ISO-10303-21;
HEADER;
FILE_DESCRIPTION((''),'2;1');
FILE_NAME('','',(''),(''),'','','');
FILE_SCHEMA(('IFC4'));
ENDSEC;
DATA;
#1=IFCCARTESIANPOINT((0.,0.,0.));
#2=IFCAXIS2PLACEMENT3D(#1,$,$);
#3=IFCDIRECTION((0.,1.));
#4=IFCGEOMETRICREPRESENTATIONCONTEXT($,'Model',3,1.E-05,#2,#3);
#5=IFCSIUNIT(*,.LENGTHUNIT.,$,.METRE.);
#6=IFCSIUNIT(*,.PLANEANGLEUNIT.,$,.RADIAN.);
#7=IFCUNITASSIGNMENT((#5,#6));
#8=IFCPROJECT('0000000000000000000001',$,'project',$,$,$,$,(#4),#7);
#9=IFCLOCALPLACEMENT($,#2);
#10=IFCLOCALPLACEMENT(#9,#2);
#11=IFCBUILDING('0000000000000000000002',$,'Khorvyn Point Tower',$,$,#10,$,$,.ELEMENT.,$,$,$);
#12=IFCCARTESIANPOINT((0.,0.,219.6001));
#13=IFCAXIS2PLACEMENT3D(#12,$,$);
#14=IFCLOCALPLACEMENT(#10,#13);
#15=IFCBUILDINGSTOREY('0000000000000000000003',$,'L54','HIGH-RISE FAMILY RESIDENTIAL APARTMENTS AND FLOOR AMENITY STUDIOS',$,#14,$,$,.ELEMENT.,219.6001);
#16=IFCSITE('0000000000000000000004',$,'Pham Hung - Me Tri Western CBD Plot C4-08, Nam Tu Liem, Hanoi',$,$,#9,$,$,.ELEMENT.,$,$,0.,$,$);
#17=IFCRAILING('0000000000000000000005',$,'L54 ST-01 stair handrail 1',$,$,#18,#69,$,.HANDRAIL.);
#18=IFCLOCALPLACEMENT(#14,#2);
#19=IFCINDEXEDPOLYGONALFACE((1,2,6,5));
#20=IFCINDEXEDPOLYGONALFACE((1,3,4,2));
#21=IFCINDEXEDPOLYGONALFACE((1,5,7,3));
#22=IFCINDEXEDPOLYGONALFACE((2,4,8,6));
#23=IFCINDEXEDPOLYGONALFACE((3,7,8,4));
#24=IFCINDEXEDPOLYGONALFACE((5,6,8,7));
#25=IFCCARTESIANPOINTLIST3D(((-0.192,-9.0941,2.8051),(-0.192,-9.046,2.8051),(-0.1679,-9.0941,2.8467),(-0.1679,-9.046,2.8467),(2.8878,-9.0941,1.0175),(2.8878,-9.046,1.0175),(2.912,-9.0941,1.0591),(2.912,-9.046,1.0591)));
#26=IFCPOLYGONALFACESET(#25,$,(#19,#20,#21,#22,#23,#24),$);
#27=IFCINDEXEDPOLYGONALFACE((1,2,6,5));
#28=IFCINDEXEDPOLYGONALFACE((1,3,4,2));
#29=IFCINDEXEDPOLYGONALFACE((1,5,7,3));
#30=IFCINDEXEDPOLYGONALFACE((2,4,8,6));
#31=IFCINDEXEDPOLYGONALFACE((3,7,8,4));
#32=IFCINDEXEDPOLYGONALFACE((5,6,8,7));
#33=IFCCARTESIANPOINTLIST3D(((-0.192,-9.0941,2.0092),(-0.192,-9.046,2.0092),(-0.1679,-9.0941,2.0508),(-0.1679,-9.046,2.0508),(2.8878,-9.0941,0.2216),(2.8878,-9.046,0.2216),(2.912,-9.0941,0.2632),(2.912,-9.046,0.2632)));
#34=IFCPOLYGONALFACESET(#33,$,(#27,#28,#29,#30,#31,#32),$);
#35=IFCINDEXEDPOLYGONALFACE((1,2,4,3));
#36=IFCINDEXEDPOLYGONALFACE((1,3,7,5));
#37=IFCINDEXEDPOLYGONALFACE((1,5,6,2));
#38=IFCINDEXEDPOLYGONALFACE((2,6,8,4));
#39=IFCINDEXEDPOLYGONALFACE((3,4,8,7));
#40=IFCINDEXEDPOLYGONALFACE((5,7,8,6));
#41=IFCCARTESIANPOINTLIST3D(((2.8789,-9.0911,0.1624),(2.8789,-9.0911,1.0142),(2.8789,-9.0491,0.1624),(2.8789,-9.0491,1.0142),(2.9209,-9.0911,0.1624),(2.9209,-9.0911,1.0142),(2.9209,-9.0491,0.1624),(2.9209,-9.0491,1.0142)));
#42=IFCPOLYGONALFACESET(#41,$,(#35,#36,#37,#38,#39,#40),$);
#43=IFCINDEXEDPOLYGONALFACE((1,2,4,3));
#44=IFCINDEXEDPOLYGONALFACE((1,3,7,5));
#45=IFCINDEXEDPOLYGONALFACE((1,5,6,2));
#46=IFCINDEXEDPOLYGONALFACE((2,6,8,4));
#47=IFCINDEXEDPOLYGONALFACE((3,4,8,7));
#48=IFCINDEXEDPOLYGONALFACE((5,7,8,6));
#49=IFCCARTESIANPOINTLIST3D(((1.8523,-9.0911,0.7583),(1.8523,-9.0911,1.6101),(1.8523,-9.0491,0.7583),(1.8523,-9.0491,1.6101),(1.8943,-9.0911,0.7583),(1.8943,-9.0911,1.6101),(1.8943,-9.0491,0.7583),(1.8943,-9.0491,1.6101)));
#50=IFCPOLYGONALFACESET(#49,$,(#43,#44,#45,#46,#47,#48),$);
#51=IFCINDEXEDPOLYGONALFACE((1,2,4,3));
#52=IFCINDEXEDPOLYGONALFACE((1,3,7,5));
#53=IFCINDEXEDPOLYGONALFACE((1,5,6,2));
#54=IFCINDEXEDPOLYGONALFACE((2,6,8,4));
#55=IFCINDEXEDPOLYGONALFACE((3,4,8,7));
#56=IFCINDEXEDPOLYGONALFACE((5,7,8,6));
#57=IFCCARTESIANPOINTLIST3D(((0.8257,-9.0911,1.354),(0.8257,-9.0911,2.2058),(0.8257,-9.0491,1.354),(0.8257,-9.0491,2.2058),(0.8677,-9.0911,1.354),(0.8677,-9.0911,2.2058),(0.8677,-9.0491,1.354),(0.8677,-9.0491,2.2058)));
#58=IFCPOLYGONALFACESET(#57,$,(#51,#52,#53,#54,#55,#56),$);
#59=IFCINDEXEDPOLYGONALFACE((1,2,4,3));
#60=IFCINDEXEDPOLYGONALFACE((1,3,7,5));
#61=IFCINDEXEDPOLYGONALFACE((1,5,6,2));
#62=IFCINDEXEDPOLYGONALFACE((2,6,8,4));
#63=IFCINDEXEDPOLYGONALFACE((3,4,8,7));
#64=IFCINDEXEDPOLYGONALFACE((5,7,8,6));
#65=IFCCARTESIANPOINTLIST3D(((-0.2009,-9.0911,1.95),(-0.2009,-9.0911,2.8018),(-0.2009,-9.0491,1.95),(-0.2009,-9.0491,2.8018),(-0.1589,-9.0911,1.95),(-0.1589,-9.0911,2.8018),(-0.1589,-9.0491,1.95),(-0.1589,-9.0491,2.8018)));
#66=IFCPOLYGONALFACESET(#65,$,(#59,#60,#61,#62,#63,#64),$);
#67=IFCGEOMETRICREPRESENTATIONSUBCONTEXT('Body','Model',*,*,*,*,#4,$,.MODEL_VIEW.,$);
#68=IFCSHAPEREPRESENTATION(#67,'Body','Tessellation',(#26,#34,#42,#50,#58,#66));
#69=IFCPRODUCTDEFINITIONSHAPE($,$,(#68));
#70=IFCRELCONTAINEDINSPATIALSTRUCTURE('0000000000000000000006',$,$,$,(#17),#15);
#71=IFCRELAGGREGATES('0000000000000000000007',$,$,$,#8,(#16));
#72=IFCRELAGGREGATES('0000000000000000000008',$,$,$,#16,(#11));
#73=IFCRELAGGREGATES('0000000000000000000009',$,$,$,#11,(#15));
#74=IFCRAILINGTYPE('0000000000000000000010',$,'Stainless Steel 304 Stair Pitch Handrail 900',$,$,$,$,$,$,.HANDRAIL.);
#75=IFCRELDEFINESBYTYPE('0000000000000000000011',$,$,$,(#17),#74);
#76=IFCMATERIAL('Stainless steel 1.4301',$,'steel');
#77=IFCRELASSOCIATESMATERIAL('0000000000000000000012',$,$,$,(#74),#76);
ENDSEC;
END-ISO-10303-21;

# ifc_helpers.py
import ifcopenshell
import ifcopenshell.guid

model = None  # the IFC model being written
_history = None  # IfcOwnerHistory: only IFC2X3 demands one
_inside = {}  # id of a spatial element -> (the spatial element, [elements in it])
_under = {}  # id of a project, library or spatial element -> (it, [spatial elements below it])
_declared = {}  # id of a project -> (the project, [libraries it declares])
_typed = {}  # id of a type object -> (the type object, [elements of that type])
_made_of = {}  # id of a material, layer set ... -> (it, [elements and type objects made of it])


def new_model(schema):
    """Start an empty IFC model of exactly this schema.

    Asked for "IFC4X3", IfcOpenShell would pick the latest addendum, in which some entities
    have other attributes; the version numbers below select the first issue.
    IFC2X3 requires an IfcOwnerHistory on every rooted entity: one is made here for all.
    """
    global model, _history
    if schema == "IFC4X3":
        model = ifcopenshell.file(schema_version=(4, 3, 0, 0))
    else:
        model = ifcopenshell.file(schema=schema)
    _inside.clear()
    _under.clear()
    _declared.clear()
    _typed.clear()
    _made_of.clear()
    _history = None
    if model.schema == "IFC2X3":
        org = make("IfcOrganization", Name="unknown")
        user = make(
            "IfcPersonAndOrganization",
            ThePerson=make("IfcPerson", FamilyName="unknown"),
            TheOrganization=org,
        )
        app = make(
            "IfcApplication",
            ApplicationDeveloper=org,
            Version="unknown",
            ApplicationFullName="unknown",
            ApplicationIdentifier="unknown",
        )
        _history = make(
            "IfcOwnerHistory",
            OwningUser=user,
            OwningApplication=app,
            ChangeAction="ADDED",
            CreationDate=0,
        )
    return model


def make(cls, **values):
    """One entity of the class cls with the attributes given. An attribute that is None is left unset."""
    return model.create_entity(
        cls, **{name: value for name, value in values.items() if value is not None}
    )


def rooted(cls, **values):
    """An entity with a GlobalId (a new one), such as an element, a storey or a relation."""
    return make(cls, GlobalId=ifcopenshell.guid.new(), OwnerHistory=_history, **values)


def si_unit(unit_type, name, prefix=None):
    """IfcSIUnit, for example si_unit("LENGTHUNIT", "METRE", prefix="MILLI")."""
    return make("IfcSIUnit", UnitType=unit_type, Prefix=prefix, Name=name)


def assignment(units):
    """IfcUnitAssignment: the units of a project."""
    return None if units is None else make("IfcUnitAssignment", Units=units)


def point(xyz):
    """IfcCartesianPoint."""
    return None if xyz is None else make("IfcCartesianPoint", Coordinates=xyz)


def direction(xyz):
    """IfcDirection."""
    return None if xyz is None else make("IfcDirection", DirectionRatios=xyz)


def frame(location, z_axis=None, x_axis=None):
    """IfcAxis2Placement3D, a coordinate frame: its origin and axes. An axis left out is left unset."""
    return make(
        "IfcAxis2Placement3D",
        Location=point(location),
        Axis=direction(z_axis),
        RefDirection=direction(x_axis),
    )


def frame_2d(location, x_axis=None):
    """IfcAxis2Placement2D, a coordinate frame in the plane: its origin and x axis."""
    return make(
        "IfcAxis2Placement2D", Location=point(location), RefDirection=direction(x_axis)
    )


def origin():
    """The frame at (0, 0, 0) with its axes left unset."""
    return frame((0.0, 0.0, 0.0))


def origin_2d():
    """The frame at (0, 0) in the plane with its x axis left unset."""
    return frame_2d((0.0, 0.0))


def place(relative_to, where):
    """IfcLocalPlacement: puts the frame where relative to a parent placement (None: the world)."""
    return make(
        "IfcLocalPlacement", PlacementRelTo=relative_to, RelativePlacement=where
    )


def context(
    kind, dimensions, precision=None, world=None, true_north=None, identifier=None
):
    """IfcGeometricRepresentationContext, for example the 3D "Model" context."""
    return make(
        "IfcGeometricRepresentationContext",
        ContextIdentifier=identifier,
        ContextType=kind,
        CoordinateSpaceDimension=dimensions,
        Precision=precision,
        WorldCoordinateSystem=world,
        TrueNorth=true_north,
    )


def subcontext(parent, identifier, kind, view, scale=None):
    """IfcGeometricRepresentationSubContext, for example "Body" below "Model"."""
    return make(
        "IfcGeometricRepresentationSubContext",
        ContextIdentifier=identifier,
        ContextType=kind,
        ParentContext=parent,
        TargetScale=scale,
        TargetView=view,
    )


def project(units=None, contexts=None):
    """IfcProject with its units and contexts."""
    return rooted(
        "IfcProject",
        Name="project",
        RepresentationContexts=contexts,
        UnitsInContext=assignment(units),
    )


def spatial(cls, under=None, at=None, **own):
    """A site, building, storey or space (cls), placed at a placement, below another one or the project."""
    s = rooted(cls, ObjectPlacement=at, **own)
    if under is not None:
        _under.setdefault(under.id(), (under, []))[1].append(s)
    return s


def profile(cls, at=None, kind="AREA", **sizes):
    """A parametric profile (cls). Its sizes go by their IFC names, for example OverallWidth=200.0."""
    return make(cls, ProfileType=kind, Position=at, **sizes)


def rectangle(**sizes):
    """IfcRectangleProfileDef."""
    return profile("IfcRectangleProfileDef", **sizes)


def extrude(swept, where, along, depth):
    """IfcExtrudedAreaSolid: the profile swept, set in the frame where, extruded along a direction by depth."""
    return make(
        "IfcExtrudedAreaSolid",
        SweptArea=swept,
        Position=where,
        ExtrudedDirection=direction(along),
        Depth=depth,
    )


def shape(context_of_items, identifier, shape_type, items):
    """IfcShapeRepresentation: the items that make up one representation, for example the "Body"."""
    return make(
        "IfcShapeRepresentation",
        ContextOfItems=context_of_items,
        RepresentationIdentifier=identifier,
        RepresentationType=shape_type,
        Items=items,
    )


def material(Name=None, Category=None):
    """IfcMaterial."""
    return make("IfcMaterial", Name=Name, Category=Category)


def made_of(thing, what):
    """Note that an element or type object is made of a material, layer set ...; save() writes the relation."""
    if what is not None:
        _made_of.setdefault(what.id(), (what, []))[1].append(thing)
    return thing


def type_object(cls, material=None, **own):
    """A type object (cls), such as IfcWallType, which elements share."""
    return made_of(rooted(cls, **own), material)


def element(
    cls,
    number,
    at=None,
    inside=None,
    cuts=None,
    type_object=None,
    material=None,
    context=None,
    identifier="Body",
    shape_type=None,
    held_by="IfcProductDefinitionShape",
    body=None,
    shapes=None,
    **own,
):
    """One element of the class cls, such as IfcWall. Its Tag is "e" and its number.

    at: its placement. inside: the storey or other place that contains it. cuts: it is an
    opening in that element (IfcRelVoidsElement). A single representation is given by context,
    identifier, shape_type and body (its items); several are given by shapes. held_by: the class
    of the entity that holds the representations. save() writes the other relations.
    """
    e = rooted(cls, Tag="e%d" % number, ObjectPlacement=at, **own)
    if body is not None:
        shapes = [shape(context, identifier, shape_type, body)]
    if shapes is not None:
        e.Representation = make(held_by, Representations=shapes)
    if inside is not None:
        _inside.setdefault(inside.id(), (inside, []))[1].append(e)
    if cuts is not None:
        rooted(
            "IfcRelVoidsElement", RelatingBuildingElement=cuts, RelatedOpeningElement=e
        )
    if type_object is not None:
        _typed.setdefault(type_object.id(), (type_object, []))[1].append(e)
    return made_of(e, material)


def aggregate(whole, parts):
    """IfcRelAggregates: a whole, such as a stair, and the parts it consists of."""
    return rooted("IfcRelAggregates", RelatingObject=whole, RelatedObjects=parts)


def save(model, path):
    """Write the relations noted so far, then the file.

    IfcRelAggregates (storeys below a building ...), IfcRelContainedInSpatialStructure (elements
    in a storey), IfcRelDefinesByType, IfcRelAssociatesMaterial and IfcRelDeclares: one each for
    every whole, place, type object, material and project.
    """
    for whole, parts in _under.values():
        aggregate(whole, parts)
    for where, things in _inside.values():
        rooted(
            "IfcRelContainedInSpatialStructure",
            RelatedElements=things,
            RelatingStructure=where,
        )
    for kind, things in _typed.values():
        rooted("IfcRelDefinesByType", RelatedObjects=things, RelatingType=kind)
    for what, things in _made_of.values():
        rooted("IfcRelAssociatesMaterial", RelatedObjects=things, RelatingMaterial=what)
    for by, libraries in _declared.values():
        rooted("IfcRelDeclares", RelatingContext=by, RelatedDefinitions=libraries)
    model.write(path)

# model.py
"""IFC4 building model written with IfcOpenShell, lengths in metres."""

from ifc_helpers import new_model, si_unit, direction, frame, origin, origin_2d, place, context, subcontext, project, spatial, rectangle, extrude, material, type_object, element, save


model = new_model("IFC4")

# Units and contexts
model_context = context("Model", 3, precision=1e-05, world=origin(), true_north=direction((0.0, 1.0)))
body_context = subcontext(model_context, "Body", "Model", "MODEL_VIEW")
ifc_project = project(units=[si_unit("LENGTHUNIT", "METRE"), si_unit("PLANEANGLEUNIT", "RADIAN")], contexts=[model_context])

# Site, building, storey
site_placement = place(None, origin())
site = spatial("IfcSite", under=ifc_project, at=site_placement, Name="Pham Hung - Me Tri Western CBD Plot C4-08, Nam Tu Liem, Hanoi", CompositionType="ELEMENT", RefElevation=0.0)
building_placement = place(site_placement, origin())
building = spatial("IfcBuilding", under=site, at=building_placement, Name="Khorvyn Point Tower", CompositionType="ELEMENT")
storey_placement = place(building_placement, frame((0.0, 0.0, 219.6001)))
storey = spatial("IfcBuildingStorey", under=building, at=storey_placement, Name="L54", Description="HIGH-RISE FAMILY RESIDENTIAL APARTMENTS AND FLOOR AMENITY STUDIOS", CompositionType="ELEMENT", Elevation=219.6001)

# Shared definitions
ifc_material_1 = material(Name="Stainless steel 1.4301", Category="steel")

# Railing
railing_type_1 = type_object("IfcRailingType", Name="Stainless Steel 304 Stair Pitch Handrail 900", PredefinedType="HANDRAIL", material=ifc_material_1)
railing_1_placement = place(storey_placement, frame((2.8999, -9.0701, 0.1624)))
element("IfcRailing", 1, at=railing_1_placement, inside=storey, type_object=railing_type_1, Name="L54 ST-01 stair handrail 1", PredefinedType="HANDRAIL", context=body_context, shape_type="SweptSolid", body=[
    extrude(rectangle(XDim=0.0481, YDim=0.0481, at=origin_2d()), frame((0.0, 0.0, 0.876), z_axis=(-0.864873, 0.0, 0.50199), x_axis=(0.0, -1.0, 0.0)), (0.0, 0.0, 1.0), 3.561),
    extrude(rectangle(XDim=0.0481, YDim=0.0481, at=origin_2d()), frame((0.0, 0.0, 0.0801), z_axis=(-0.864873, 0.0, 0.50199), x_axis=(0.0, -1.0, 0.0)), (0.0, 0.0, 1.0), 3.561),
    extrude(rectangle(XDim=0.042, YDim=0.042, at=origin_2d()), origin(), (0.0, 0.0, 1.0), 0.8518),
    extrude(rectangle(XDim=0.042, YDim=0.042, at=origin_2d()), frame((-1.0266, 0.0, 0.5959)), (0.0, 0.0, 1.0), 0.8518),
    extrude(rectangle(XDim=0.042, YDim=0.042, at=origin_2d()), frame((-2.0532, 0.0, 1.1917)), (0.0, 0.0, 1.0), 0.8518),
    extrude(rectangle(XDim=0.042, YDim=0.042, at=origin_2d()), frame((-3.0798, 0.0, 1.7876)), (0.0, 0.0, 1.0), 0.8518),
])

save(model, "model.ifc")
